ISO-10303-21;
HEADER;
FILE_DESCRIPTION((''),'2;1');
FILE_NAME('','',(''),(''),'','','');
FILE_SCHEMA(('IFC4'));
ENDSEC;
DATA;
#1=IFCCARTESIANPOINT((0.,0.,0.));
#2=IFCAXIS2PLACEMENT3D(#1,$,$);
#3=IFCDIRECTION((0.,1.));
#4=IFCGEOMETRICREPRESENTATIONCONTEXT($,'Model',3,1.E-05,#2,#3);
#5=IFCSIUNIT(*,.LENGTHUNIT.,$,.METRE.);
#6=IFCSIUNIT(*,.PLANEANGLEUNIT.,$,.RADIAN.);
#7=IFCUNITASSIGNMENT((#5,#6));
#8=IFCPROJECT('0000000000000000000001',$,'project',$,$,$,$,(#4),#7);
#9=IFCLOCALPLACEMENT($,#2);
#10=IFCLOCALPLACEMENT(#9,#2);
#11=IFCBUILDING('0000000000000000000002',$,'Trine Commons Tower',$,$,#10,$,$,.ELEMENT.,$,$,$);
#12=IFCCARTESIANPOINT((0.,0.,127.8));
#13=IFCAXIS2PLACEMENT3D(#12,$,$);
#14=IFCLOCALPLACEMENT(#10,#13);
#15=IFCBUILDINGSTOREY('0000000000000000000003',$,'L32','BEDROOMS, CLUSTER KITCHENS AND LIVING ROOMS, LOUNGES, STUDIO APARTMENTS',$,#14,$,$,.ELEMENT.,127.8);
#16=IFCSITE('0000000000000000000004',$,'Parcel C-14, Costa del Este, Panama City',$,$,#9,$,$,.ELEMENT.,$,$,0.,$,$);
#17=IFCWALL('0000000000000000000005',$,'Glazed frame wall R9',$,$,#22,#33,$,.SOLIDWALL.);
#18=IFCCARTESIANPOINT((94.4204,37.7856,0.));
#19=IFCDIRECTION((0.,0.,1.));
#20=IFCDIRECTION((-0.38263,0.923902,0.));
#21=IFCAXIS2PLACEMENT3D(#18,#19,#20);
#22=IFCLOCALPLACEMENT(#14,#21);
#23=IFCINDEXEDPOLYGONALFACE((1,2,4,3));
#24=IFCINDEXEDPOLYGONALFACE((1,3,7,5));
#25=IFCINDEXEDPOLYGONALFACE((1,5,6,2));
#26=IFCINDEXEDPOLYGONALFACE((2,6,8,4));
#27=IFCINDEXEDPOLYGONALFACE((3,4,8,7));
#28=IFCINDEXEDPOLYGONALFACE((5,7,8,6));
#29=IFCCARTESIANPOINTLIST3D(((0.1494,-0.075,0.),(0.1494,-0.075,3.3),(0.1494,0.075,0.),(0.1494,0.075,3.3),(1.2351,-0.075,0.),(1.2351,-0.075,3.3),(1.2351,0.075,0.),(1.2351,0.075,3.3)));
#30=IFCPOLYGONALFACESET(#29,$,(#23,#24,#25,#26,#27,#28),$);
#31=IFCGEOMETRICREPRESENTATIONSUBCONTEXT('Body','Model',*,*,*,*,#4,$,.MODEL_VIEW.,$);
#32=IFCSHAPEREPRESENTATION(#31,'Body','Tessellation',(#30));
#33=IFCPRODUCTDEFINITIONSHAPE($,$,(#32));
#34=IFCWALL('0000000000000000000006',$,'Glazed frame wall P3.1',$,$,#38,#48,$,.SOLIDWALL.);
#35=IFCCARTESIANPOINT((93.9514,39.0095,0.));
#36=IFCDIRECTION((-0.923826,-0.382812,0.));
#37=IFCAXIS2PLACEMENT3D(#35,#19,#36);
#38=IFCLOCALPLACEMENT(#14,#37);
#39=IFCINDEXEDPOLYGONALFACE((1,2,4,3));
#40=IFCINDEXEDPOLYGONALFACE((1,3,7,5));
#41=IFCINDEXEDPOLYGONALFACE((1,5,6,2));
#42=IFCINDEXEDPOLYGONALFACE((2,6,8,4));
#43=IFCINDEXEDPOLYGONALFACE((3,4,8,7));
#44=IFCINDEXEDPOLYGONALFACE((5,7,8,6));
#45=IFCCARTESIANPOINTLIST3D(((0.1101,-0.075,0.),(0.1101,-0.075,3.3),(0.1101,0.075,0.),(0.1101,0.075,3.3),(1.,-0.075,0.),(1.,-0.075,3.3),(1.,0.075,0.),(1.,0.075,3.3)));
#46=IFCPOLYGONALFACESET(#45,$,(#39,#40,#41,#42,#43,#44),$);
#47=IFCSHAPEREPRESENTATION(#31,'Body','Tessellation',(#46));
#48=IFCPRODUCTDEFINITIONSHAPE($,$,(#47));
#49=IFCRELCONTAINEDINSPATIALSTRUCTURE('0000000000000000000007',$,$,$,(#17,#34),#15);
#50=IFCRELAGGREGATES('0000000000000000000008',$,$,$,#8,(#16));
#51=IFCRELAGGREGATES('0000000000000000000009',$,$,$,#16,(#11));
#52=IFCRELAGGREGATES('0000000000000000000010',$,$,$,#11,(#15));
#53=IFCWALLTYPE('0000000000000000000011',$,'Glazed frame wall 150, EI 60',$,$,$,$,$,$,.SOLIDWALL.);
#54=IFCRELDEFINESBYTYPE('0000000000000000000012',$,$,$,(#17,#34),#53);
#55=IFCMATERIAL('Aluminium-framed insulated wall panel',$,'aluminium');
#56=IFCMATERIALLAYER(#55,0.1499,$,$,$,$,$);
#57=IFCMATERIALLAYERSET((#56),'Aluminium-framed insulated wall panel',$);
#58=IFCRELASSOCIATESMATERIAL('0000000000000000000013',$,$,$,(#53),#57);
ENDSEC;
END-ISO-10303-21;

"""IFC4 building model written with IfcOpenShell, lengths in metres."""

from ifc_helpers import new_model, si_unit, direction, frame, origin, place, context, subcontext, project, spatial, polyline, outline, extrude, material, layer, layer_set, type_object, element, save


model = new_model("IFC4")

# Units and contexts
model_context = context("Model", 3, precision=1e-05, world=origin(), true_north=direction((0.0, 1.0)))
body_context = subcontext(model_context, "Body", "Model", "MODEL_VIEW")
ifc_project = project(units=[si_unit("LENGTHUNIT", "METRE"), si_unit("PLANEANGLEUNIT", "RADIAN")], contexts=[model_context])

# Site, building, storey
site_placement = place(None, origin())
site = spatial("IfcSite", under=ifc_project, at=site_placement, Name="Parcel C-14, Costa del Este, Panama City", CompositionType="ELEMENT", RefElevation=0.0)
building_placement = place(site_placement, origin())
building = spatial("IfcBuilding", under=site, at=building_placement, Name="Trine Commons Tower", CompositionType="ELEMENT")
storey_placement = place(building_placement, frame((0.0, 0.0, 127.8)))
storey = spatial("IfcBuildingStorey", under=building, at=storey_placement, Name="L32", Description="BEDROOMS, CLUSTER KITCHENS AND LIVING ROOMS, LOUNGES, STUDIO APARTMENTS", CompositionType="ELEMENT", Elevation=127.8)

# Walls
ifc_material_1 = material(Name="Aluminium-framed insulated wall panel", Category="aluminium")
ifc_layer_1 = layer(ifc_material_1, 0.1499)
ifc_layer_set_1 = layer_set([ifc_layer_1], Name="Aluminium-framed insulated wall panel")
wall_type_1 = type_object("IfcWallType", Name="Glazed frame wall 150, EI 60", PredefinedType="SOLIDWALL", material=ifc_layer_set_1)
wall_1_placement = place(storey_placement, frame((94.4204, 37.7856, 0.0), z_axis=(0.0, 0.0, 1.0), x_axis=(-0.38263, 0.923902, 0.0)))
element("IfcWall", 1, at=wall_1_placement, inside=storey, type_object=wall_type_1, Name="Glazed frame wall R9", PredefinedType="SOLIDWALL", context=body_context, shape_type="SweptSolid", body=[
    extrude(outline(polyline([(0.1494, 0.075), (0.1494, -0.075), (1.2351, -0.075), (1.2351, 0.075), (0.1494, 0.075)])), origin(), (0.0, 0.0, 1.0), 3.3),
])
wall_2_placement = place(storey_placement, frame((93.9514, 39.0095, 0.0), z_axis=(0.0, 0.0, 1.0), x_axis=(-0.923826, -0.382812, 0.0)))
element("IfcWall", 2, at=wall_2_placement, inside=storey, type_object=wall_type_1, Name="Glazed frame wall P3.1", PredefinedType="SOLIDWALL", context=body_context, shape_type="SweptSolid", body=[
    extrude(outline(polyline([(0.1101, -0.075), (1.0, -0.075), (1.0, 0.075), (0.1101, 0.075), (0.1101, -0.075)])), origin(), (0.0, 0.0, 1.0), 3.3),
])

save(model, "model.ifc")
